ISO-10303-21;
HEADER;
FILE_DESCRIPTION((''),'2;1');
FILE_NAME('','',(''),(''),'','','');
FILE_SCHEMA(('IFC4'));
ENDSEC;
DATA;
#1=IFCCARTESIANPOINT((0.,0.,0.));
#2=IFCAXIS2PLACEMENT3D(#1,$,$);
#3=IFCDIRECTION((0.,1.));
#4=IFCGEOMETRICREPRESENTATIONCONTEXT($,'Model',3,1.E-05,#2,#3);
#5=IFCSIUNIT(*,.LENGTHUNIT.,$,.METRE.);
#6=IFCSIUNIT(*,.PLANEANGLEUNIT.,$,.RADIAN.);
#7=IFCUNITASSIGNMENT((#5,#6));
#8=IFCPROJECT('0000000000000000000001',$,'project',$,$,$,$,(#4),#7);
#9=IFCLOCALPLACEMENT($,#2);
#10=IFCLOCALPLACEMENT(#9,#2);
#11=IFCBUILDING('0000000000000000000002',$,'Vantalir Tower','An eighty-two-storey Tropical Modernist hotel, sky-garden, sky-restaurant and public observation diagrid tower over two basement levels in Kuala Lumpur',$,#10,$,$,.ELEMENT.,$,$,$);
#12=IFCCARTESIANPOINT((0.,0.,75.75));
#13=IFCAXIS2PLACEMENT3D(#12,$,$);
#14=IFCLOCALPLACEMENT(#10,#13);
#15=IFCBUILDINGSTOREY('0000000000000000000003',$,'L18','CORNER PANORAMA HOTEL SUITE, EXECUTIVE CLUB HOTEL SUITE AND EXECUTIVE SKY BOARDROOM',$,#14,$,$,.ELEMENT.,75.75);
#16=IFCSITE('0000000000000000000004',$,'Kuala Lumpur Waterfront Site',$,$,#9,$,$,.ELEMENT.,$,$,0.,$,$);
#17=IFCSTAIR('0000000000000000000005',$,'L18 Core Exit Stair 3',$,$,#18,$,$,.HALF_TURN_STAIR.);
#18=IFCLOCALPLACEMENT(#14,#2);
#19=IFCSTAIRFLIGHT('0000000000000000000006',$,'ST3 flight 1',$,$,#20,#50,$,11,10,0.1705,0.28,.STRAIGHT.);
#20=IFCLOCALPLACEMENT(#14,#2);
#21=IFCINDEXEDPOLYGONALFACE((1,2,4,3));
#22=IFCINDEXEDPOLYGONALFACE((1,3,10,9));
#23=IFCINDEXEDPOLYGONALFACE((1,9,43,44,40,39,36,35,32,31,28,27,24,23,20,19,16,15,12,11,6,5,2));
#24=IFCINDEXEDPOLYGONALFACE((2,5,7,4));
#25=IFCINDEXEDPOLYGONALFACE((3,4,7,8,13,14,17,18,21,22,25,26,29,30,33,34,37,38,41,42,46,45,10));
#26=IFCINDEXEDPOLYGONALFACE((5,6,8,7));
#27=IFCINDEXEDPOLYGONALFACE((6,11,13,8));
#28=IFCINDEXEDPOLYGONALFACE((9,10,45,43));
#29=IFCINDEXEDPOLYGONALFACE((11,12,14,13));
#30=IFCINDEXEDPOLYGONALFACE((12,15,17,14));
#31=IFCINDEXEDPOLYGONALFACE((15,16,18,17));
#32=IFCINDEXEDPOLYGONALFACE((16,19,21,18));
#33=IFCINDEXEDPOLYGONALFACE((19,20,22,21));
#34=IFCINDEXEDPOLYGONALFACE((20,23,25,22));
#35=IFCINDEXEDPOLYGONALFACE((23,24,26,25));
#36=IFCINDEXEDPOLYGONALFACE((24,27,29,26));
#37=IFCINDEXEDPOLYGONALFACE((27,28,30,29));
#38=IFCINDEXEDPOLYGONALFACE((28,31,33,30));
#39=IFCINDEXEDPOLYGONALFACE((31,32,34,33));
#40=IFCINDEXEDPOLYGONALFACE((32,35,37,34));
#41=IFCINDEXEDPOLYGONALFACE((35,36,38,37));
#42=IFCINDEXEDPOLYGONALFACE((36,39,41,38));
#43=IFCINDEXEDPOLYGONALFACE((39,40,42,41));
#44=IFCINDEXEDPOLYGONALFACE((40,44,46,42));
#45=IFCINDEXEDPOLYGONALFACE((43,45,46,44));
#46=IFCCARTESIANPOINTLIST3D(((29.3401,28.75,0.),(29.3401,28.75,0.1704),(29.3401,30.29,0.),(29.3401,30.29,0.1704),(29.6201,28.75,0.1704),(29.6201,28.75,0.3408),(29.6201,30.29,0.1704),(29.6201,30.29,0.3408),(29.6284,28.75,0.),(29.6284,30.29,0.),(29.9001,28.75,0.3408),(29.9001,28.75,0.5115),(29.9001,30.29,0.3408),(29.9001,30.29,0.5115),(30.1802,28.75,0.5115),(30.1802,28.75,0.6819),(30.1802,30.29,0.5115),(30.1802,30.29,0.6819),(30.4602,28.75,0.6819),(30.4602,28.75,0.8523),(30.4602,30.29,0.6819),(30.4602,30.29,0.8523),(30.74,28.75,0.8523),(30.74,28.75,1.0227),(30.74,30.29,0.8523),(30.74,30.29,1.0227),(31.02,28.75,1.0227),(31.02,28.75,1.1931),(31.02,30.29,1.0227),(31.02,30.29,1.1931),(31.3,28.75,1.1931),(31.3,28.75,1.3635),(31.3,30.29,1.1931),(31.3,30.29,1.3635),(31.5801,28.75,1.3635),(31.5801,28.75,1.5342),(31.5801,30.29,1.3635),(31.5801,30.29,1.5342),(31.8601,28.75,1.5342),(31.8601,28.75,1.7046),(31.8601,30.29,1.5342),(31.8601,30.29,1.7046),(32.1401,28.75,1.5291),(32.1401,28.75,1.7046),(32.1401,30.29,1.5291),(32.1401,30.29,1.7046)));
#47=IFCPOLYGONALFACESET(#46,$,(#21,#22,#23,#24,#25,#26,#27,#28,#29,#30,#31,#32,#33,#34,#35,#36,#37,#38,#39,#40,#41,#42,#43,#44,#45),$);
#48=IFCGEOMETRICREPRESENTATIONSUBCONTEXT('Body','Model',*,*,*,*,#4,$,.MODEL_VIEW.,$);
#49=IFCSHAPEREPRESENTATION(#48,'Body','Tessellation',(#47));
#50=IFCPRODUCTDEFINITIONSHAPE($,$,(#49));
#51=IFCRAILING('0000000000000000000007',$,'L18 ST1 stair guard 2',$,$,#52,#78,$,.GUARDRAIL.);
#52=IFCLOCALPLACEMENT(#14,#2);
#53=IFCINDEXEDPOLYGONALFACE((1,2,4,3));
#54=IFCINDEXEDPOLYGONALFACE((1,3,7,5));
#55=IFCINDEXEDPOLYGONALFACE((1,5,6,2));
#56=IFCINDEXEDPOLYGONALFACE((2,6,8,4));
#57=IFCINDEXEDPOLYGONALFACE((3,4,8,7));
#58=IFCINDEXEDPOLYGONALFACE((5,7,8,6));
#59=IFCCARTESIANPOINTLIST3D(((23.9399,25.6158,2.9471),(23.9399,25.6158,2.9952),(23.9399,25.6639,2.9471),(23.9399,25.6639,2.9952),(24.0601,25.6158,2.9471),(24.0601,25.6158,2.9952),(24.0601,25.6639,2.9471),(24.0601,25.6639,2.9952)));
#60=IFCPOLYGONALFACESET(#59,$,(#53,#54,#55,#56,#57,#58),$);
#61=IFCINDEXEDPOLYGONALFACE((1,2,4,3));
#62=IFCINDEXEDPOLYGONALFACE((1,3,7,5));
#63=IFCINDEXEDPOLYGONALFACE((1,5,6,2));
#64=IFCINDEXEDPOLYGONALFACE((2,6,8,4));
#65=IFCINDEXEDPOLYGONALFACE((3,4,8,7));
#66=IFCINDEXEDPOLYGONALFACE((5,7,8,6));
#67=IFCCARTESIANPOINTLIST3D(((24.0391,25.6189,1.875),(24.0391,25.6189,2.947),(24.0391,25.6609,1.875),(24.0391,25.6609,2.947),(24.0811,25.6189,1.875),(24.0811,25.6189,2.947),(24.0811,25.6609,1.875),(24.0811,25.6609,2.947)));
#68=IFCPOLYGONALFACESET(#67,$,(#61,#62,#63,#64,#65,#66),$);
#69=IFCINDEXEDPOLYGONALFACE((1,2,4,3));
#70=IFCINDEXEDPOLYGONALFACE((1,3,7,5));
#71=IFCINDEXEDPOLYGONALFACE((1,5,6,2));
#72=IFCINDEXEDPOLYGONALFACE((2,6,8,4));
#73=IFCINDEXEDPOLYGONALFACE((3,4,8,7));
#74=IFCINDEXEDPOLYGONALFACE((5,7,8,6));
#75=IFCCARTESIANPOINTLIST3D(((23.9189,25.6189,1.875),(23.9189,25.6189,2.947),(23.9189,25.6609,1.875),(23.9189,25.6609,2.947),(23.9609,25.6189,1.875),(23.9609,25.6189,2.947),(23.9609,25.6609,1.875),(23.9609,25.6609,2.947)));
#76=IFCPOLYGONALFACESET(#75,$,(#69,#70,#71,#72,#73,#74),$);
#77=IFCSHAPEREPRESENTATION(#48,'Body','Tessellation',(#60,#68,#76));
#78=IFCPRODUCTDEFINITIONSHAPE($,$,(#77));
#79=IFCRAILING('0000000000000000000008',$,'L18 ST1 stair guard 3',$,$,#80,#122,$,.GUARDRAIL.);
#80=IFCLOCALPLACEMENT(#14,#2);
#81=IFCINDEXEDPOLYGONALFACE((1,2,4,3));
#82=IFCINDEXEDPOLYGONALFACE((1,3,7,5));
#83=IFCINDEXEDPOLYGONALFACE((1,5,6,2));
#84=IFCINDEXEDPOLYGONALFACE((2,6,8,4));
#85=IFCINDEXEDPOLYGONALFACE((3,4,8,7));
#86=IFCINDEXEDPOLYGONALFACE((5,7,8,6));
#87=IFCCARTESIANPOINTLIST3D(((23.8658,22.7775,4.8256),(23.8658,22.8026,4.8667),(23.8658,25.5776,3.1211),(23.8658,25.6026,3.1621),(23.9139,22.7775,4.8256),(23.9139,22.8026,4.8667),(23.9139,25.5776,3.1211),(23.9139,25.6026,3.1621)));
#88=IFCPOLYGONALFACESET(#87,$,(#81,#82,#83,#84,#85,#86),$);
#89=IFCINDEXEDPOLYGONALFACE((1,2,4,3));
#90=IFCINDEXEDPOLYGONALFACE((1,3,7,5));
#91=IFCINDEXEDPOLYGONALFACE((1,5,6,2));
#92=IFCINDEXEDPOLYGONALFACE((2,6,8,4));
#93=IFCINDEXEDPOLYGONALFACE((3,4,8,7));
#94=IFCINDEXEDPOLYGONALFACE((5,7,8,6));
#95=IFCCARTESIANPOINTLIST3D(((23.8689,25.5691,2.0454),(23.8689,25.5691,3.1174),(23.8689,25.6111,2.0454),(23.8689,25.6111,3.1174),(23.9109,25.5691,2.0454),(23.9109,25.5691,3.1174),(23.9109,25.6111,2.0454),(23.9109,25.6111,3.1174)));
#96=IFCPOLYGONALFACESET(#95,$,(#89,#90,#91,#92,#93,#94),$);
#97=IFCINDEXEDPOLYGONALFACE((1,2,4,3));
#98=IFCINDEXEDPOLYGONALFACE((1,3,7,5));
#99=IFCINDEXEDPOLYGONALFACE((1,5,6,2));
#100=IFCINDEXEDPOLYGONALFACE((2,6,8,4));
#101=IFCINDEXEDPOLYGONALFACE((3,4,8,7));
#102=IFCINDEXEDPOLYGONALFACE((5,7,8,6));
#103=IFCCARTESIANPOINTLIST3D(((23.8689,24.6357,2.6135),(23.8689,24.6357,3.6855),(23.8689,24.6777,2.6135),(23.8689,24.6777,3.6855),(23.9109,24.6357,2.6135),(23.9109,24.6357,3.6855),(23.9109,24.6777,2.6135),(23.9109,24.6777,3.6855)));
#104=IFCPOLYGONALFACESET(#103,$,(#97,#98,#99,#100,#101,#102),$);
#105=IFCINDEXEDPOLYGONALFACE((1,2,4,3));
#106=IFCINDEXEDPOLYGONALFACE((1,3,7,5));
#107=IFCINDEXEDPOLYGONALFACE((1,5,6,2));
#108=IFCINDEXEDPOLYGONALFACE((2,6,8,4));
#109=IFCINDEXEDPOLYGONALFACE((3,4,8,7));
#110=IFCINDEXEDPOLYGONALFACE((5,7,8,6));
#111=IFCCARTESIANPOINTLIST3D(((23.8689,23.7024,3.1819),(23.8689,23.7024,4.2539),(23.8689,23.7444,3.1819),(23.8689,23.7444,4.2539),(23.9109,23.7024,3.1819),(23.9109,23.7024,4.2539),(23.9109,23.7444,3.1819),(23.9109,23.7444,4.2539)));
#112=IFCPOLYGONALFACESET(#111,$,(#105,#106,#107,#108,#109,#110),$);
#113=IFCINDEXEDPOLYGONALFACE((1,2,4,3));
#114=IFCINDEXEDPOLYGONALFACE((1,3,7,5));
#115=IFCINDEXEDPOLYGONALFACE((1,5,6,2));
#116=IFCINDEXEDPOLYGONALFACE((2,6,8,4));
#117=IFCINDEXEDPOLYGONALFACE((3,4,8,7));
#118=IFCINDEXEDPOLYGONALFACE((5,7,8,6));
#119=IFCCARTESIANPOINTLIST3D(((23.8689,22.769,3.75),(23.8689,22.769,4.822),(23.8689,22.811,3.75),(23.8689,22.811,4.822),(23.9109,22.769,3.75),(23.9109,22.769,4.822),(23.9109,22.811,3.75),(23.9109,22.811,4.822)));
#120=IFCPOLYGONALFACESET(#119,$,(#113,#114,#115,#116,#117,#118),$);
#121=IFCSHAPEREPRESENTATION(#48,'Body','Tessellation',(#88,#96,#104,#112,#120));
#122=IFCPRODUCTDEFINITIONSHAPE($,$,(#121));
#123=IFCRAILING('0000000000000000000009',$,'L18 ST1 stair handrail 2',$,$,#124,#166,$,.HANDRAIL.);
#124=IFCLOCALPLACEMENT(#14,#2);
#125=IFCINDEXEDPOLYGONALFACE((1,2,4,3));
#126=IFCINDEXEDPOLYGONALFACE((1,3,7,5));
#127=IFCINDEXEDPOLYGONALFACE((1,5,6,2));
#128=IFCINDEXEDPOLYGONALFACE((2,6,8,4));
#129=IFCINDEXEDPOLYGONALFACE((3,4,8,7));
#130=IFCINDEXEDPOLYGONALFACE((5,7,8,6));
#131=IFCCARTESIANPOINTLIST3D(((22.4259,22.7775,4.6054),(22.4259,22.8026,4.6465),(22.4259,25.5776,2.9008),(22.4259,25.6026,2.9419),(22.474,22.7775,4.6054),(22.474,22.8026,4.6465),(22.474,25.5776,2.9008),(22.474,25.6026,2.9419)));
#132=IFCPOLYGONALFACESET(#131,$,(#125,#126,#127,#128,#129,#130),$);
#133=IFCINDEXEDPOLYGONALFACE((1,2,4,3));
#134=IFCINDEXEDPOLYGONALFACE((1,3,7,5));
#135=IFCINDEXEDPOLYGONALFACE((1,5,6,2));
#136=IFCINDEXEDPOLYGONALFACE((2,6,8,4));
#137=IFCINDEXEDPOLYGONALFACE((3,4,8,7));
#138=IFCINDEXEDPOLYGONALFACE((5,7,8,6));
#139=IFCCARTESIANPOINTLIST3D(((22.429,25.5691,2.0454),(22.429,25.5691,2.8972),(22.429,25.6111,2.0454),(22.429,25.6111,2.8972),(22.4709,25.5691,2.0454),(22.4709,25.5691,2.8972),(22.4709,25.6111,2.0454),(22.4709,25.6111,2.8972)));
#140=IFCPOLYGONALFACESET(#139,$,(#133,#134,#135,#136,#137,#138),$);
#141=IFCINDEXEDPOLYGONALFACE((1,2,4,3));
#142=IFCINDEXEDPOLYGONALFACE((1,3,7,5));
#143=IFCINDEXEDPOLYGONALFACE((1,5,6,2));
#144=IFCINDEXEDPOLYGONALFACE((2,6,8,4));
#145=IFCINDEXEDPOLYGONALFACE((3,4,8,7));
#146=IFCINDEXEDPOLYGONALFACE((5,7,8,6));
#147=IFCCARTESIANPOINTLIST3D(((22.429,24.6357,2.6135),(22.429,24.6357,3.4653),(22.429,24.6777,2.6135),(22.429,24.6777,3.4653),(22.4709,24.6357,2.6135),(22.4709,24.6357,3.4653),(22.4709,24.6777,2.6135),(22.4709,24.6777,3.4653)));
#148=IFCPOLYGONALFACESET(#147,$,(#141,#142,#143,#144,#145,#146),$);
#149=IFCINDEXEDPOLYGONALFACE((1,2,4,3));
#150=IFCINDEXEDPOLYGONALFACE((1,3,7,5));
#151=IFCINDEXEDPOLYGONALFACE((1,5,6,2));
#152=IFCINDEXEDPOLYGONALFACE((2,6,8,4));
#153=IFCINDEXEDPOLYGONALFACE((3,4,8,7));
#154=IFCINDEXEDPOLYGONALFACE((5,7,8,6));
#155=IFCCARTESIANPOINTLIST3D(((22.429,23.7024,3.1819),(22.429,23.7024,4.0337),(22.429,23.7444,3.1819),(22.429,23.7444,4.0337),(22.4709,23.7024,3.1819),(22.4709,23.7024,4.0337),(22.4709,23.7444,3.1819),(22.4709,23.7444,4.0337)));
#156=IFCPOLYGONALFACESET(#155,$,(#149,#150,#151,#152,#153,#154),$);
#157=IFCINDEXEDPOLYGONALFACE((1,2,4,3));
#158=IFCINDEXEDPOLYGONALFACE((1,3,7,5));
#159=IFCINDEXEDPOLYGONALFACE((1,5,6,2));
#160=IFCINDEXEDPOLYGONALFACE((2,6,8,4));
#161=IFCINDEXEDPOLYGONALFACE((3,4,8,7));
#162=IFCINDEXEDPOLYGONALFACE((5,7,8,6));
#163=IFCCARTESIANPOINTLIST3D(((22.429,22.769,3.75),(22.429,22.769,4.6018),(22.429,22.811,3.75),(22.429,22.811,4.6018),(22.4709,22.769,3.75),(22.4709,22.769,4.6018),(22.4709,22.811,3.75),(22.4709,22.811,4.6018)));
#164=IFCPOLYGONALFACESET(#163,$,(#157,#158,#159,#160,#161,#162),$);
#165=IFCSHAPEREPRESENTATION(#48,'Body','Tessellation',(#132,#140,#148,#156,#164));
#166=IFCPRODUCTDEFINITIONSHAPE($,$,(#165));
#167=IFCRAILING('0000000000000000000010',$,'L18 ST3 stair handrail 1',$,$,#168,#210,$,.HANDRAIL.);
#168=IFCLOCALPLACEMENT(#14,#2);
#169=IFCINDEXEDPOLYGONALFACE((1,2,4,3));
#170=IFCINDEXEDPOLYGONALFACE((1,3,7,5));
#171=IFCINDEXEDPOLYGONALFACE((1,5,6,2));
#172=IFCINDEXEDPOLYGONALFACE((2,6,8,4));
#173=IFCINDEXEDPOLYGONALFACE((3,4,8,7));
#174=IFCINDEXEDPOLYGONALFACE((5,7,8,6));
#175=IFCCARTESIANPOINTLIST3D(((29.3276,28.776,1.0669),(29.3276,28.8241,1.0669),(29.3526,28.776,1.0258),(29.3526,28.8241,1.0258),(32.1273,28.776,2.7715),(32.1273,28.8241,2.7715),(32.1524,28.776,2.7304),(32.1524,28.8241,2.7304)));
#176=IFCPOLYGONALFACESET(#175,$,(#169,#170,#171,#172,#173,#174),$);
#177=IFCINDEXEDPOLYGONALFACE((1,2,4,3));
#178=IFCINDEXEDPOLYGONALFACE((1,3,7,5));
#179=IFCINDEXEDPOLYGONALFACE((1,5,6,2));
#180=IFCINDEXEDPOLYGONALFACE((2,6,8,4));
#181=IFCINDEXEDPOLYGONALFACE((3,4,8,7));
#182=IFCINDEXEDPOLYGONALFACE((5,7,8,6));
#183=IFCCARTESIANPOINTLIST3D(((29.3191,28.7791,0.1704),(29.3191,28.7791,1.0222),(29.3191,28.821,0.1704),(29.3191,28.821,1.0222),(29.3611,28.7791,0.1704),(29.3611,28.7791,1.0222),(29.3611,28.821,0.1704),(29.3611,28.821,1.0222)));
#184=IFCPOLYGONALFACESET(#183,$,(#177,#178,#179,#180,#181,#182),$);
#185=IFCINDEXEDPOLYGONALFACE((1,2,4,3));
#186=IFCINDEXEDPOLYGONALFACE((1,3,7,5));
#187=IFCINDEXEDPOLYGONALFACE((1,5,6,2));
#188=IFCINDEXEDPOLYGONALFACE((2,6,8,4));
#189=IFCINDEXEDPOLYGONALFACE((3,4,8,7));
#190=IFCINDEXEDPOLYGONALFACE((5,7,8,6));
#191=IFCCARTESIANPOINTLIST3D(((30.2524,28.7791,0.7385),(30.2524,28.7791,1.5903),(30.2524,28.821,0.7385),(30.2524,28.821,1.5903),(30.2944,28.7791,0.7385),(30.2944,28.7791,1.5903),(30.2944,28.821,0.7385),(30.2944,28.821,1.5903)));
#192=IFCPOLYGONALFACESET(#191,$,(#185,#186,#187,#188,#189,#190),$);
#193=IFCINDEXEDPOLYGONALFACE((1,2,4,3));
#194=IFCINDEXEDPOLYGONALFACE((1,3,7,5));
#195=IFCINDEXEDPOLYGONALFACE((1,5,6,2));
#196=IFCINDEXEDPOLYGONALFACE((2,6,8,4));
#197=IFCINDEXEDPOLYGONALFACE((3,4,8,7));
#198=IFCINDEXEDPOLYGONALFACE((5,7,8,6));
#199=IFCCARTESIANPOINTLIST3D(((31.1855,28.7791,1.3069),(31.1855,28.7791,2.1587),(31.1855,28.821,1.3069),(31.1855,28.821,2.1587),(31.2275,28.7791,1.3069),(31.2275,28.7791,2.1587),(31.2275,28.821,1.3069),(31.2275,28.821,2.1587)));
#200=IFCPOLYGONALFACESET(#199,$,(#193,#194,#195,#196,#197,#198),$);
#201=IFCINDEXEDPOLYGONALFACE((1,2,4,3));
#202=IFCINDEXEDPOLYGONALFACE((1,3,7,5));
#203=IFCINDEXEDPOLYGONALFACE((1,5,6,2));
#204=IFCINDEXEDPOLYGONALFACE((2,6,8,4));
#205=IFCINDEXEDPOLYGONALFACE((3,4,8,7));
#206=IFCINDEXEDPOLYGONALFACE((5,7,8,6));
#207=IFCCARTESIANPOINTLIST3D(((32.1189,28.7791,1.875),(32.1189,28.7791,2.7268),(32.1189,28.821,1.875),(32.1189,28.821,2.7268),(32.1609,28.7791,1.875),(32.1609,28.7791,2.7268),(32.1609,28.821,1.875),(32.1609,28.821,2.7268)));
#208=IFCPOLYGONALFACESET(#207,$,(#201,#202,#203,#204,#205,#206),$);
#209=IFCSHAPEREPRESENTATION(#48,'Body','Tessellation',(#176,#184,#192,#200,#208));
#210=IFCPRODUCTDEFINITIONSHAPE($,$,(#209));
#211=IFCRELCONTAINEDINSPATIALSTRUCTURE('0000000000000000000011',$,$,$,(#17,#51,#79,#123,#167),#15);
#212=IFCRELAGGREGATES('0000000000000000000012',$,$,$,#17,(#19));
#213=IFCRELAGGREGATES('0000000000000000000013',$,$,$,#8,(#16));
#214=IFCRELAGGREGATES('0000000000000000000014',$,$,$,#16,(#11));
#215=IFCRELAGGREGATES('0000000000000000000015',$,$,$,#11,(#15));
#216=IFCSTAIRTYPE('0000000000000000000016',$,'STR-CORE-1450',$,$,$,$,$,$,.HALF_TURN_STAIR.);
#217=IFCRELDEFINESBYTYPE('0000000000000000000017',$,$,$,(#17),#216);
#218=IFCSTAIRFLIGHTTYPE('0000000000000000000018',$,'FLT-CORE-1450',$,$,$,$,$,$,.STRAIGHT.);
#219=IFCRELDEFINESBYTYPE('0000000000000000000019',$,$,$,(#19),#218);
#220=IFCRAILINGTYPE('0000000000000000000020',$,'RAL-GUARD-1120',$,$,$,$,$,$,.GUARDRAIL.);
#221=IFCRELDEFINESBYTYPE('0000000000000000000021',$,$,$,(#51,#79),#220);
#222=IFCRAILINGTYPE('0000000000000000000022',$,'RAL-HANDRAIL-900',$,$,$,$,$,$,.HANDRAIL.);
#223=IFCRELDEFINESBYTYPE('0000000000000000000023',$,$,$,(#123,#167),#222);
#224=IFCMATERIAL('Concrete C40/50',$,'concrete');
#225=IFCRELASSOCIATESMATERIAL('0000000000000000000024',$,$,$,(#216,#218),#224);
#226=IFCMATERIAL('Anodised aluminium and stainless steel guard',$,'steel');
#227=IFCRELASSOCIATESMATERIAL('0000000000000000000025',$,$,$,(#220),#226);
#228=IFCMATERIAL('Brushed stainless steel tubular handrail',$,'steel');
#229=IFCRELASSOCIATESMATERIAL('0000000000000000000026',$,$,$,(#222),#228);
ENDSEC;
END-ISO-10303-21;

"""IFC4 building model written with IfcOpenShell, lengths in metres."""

from ifc_helpers import new_model, si_unit, direction, frame, origin, origin_2d, place, context, subcontext, project, spatial, polyline, rectangle, outline, extrude, material, type_object, element, aggregate, save


model = new_model("IFC4")

# Units and contexts
model_context = context("Model", 3, precision=1e-05, world=origin(), true_north=direction((0.0, 1.0)))
body_context = subcontext(model_context, "Body", "Model", "MODEL_VIEW")
ifc_project = project(units=[si_unit("LENGTHUNIT", "METRE"), si_unit("PLANEANGLEUNIT", "RADIAN")], contexts=[model_context])

# Site, building, storey
site_placement = place(None, origin())
site = spatial("IfcSite", under=ifc_project, at=site_placement, Name="Kuala Lumpur Waterfront Site", CompositionType="ELEMENT", RefElevation=0.0)
building_placement = place(site_placement, origin())
building = spatial("IfcBuilding", under=site, at=building_placement, Name="Vantalir Tower", Description="An eighty-two-storey Tropical Modernist hotel, sky-garden, sky-restaurant and public observation diagrid tower over two basement levels in Kuala Lumpur", CompositionType="ELEMENT")
storey_placement = place(building_placement, frame((0.0, 0.0, 75.75)))
storey = spatial("IfcBuildingStorey", under=building, at=storey_placement, Name="L18", Description="CORNER PANORAMA HOTEL SUITE, EXECUTIVE CLUB HOTEL SUITE AND EXECUTIVE SKY BOARDROOM", CompositionType="ELEMENT", Elevation=75.75)

# Stair, stair flight
ifc_material_1 = material(Name="Concrete C40/50", Category="concrete")
stair_type = type_object("IfcStairType", Name="STR-CORE-1450", PredefinedType="HALF_TURN_STAIR", material=ifc_material_1)
stair_flight_type = type_object("IfcStairFlightType", Name="FLT-CORE-1450", PredefinedType="STRAIGHT", material=ifc_material_1)
stair_1_placement = place(storey_placement, origin())
stair_1 = element("IfcStair", 1, at=stair_1_placement, inside=storey, type_object=stair_type, Name="L18 Core Exit Stair 3", PredefinedType="HALF_TURN_STAIR")
stair_flight_1_placement = place(storey_placement, frame((29.3401, 29.52, 0.0), z_axis=(0.0, 0.0, 1.0), x_axis=(1.0, 0.0, 0.0)))
stair_flight_1 = element("IfcStairFlight", 2, at=stair_flight_1_placement, type_object=stair_flight_type, Name="ST3 flight 1", NumberOfRisers=11, NumberOfTreads=10, PredefinedType="STRAIGHT", RiserHeight=0.1705, TreadLength=0.28, context=body_context, shape_type="SweptSolid", body=[
    extrude(outline(polyline([(0.0, 0.0), (0.0, 0.1704), (0.28, 0.1704), (0.28, 0.3408), (0.5601, 0.3408), (0.5601, 0.5115), (0.8401, 0.5115), (0.8401, 0.6819), (1.1201, 0.6819), (1.1201, 0.8523), (1.3999, 0.8523), (1.3999, 1.0227), (1.6799, 1.0227), (1.6799, 1.1931), (1.96, 1.1931), (1.96, 1.3635), (2.24, 1.3635), (2.24, 1.5342), (2.52, 1.5342), (2.52, 1.7046), (2.8, 1.7046), (2.8, 1.875), (2.8, 1.5291), (0.2883, 0.0), (0.0, 0.0)])), frame((0.0, 0.77, 0.0), z_axis=(0.0, -1.0, 0.0), x_axis=(1.0, 0.0, 0.0)), (0.0, 0.0, 1.0), 1.54),
])
aggregate(stair_1, [stair_flight_1])

# Railings
ifc_material_2 = material(Name="Anodised aluminium and stainless steel guard", Category="steel")
railing_type_1 = type_object("IfcRailingType", Name="RAL-GUARD-1120", PredefinedType="GUARDRAIL", material=ifc_material_2)
railing_1_placement = place(storey_placement, frame((24.0601, 25.6399, 1.875)))
element("IfcRailing", 3, at=railing_1_placement, inside=storey, type_object=railing_type_1, Name="L18 ST1 stair guard 2", PredefinedType="GUARDRAIL", context=body_context, shape_type="SweptSolid", body=[
    extrude(rectangle(XDim=0.0481, YDim=0.0481, at=origin_2d()), frame((0.0, 0.0, 1.0962), z_axis=(-1.0, 0.0, 0.0), x_axis=(0.0, -1.0, 0.0)), (0.0, 0.0, 1.0), 0.1201),
    extrude(rectangle(XDim=0.042, YDim=0.042, at=origin_2d()), origin(), (0.0, 0.0, 1.0), 1.072),
    extrude(rectangle(XDim=0.042, YDim=0.042, at=origin_2d()), frame((-0.1201, 0.0, 0.0)), (0.0, 0.0, 1.0), 1.072),
])
railing_2_placement = place(storey_placement, frame((23.8899, 25.5901, 2.0454)))
element("IfcRailing", 4, at=railing_2_placement, inside=storey, type_object=railing_type_1, Name="L18 ST1 stair guard 3", PredefinedType="GUARDRAIL", context=body_context, shape_type="SweptSolid", body=[
    extrude(rectangle(XDim=0.0481, YDim=0.0481, at=origin_2d()), frame((0.0, 0.0, 1.0962), z_axis=(0.0, -0.85417, 0.519994), x_axis=(1.0, 0.0, 0.0)), (0.0, 0.0, 1.0), 3.2781),
    extrude(rectangle(XDim=0.042, YDim=0.042, at=origin_2d()), origin(), (0.0, 0.0, 1.0), 1.072),
    extrude(rectangle(XDim=0.042, YDim=0.042, at=origin_2d()), frame((0.0, -0.9333, 0.5681)), (0.0, 0.0, 1.0), 1.072),
    extrude(rectangle(XDim=0.042, YDim=0.042, at=origin_2d()), frame((0.0, -1.8667, 1.1365)), (0.0, 0.0, 1.0), 1.072),
    extrude(rectangle(XDim=0.042, YDim=0.042, at=origin_2d()), frame((0.0, -2.8, 1.7046)), (0.0, 0.0, 1.0), 1.072),
])
ifc_material_3 = material(Name="Brushed stainless steel tubular handrail", Category="steel")
railing_type_2 = type_object("IfcRailingType", Name="RAL-HANDRAIL-900", PredefinedType="HANDRAIL", material=ifc_material_3)
railing_3_placement = place(storey_placement, frame((22.45, 25.5901, 2.0454)))
element("IfcRailing", 5, at=railing_3_placement, inside=storey, type_object=railing_type_2, Name="L18 ST1 stair handrail 2", PredefinedType="HANDRAIL", context=body_context, shape_type="SweptSolid", body=[
    extrude(rectangle(XDim=0.0481, YDim=0.0481, at=origin_2d()), frame((0.0, 0.0, 0.876), z_axis=(0.0, -0.85417, 0.519994), x_axis=(1.0, 0.0, 0.0)), (0.0, 0.0, 1.0), 3.2781),
    extrude(rectangle(XDim=0.042, YDim=0.042, at=origin_2d()), origin(), (0.0, 0.0, 1.0), 0.8518),
    extrude(rectangle(XDim=0.042, YDim=0.042, at=origin_2d()), frame((0.0, -0.9333, 0.5681)), (0.0, 0.0, 1.0), 0.8518),
    extrude(rectangle(XDim=0.042, YDim=0.042, at=origin_2d()), frame((0.0, -1.8667, 1.1365)), (0.0, 0.0, 1.0), 0.8518),
    extrude(rectangle(XDim=0.042, YDim=0.042, at=origin_2d()), frame((0.0, -2.8, 1.7046)), (0.0, 0.0, 1.0), 0.8518),
])
railing_4_placement = place(storey_placement, frame((29.3401, 28.8, 0.1704)))
element("IfcRailing", 6, at=railing_4_placement, inside=storey, type_object=railing_type_2, Name="L18 ST3 stair handrail 1", PredefinedType="HANDRAIL", context=body_context, shape_type="SweptSolid", body=[
    extrude(rectangle(XDim=0.0481, YDim=0.0481, at=origin_2d()), frame((0.0, 0.0, 0.876), z_axis=(0.85415, 0.0, 0.520027), x_axis=(0.0, 1.0, 0.0)), (0.0, 0.0, 1.0), 3.2778),
    extrude(rectangle(XDim=0.042, YDim=0.042, at=origin_2d()), origin(), (0.0, 0.0, 1.0), 0.8518),
    extrude(rectangle(XDim=0.042, YDim=0.042, at=origin_2d()), frame((0.9333, 0.0, 0.5681)), (0.0, 0.0, 1.0), 0.8518),
    extrude(rectangle(XDim=0.042, YDim=0.042, at=origin_2d()), frame((1.8665, 0.0, 1.1365)), (0.0, 0.0, 1.0), 0.8518),
    extrude(rectangle(XDim=0.042, YDim=0.042, at=origin_2d()), frame((2.7998, 0.0, 1.7046)), (0.0, 0.0, 1.0), 0.8518),
])

save(model, "model.ifc")
